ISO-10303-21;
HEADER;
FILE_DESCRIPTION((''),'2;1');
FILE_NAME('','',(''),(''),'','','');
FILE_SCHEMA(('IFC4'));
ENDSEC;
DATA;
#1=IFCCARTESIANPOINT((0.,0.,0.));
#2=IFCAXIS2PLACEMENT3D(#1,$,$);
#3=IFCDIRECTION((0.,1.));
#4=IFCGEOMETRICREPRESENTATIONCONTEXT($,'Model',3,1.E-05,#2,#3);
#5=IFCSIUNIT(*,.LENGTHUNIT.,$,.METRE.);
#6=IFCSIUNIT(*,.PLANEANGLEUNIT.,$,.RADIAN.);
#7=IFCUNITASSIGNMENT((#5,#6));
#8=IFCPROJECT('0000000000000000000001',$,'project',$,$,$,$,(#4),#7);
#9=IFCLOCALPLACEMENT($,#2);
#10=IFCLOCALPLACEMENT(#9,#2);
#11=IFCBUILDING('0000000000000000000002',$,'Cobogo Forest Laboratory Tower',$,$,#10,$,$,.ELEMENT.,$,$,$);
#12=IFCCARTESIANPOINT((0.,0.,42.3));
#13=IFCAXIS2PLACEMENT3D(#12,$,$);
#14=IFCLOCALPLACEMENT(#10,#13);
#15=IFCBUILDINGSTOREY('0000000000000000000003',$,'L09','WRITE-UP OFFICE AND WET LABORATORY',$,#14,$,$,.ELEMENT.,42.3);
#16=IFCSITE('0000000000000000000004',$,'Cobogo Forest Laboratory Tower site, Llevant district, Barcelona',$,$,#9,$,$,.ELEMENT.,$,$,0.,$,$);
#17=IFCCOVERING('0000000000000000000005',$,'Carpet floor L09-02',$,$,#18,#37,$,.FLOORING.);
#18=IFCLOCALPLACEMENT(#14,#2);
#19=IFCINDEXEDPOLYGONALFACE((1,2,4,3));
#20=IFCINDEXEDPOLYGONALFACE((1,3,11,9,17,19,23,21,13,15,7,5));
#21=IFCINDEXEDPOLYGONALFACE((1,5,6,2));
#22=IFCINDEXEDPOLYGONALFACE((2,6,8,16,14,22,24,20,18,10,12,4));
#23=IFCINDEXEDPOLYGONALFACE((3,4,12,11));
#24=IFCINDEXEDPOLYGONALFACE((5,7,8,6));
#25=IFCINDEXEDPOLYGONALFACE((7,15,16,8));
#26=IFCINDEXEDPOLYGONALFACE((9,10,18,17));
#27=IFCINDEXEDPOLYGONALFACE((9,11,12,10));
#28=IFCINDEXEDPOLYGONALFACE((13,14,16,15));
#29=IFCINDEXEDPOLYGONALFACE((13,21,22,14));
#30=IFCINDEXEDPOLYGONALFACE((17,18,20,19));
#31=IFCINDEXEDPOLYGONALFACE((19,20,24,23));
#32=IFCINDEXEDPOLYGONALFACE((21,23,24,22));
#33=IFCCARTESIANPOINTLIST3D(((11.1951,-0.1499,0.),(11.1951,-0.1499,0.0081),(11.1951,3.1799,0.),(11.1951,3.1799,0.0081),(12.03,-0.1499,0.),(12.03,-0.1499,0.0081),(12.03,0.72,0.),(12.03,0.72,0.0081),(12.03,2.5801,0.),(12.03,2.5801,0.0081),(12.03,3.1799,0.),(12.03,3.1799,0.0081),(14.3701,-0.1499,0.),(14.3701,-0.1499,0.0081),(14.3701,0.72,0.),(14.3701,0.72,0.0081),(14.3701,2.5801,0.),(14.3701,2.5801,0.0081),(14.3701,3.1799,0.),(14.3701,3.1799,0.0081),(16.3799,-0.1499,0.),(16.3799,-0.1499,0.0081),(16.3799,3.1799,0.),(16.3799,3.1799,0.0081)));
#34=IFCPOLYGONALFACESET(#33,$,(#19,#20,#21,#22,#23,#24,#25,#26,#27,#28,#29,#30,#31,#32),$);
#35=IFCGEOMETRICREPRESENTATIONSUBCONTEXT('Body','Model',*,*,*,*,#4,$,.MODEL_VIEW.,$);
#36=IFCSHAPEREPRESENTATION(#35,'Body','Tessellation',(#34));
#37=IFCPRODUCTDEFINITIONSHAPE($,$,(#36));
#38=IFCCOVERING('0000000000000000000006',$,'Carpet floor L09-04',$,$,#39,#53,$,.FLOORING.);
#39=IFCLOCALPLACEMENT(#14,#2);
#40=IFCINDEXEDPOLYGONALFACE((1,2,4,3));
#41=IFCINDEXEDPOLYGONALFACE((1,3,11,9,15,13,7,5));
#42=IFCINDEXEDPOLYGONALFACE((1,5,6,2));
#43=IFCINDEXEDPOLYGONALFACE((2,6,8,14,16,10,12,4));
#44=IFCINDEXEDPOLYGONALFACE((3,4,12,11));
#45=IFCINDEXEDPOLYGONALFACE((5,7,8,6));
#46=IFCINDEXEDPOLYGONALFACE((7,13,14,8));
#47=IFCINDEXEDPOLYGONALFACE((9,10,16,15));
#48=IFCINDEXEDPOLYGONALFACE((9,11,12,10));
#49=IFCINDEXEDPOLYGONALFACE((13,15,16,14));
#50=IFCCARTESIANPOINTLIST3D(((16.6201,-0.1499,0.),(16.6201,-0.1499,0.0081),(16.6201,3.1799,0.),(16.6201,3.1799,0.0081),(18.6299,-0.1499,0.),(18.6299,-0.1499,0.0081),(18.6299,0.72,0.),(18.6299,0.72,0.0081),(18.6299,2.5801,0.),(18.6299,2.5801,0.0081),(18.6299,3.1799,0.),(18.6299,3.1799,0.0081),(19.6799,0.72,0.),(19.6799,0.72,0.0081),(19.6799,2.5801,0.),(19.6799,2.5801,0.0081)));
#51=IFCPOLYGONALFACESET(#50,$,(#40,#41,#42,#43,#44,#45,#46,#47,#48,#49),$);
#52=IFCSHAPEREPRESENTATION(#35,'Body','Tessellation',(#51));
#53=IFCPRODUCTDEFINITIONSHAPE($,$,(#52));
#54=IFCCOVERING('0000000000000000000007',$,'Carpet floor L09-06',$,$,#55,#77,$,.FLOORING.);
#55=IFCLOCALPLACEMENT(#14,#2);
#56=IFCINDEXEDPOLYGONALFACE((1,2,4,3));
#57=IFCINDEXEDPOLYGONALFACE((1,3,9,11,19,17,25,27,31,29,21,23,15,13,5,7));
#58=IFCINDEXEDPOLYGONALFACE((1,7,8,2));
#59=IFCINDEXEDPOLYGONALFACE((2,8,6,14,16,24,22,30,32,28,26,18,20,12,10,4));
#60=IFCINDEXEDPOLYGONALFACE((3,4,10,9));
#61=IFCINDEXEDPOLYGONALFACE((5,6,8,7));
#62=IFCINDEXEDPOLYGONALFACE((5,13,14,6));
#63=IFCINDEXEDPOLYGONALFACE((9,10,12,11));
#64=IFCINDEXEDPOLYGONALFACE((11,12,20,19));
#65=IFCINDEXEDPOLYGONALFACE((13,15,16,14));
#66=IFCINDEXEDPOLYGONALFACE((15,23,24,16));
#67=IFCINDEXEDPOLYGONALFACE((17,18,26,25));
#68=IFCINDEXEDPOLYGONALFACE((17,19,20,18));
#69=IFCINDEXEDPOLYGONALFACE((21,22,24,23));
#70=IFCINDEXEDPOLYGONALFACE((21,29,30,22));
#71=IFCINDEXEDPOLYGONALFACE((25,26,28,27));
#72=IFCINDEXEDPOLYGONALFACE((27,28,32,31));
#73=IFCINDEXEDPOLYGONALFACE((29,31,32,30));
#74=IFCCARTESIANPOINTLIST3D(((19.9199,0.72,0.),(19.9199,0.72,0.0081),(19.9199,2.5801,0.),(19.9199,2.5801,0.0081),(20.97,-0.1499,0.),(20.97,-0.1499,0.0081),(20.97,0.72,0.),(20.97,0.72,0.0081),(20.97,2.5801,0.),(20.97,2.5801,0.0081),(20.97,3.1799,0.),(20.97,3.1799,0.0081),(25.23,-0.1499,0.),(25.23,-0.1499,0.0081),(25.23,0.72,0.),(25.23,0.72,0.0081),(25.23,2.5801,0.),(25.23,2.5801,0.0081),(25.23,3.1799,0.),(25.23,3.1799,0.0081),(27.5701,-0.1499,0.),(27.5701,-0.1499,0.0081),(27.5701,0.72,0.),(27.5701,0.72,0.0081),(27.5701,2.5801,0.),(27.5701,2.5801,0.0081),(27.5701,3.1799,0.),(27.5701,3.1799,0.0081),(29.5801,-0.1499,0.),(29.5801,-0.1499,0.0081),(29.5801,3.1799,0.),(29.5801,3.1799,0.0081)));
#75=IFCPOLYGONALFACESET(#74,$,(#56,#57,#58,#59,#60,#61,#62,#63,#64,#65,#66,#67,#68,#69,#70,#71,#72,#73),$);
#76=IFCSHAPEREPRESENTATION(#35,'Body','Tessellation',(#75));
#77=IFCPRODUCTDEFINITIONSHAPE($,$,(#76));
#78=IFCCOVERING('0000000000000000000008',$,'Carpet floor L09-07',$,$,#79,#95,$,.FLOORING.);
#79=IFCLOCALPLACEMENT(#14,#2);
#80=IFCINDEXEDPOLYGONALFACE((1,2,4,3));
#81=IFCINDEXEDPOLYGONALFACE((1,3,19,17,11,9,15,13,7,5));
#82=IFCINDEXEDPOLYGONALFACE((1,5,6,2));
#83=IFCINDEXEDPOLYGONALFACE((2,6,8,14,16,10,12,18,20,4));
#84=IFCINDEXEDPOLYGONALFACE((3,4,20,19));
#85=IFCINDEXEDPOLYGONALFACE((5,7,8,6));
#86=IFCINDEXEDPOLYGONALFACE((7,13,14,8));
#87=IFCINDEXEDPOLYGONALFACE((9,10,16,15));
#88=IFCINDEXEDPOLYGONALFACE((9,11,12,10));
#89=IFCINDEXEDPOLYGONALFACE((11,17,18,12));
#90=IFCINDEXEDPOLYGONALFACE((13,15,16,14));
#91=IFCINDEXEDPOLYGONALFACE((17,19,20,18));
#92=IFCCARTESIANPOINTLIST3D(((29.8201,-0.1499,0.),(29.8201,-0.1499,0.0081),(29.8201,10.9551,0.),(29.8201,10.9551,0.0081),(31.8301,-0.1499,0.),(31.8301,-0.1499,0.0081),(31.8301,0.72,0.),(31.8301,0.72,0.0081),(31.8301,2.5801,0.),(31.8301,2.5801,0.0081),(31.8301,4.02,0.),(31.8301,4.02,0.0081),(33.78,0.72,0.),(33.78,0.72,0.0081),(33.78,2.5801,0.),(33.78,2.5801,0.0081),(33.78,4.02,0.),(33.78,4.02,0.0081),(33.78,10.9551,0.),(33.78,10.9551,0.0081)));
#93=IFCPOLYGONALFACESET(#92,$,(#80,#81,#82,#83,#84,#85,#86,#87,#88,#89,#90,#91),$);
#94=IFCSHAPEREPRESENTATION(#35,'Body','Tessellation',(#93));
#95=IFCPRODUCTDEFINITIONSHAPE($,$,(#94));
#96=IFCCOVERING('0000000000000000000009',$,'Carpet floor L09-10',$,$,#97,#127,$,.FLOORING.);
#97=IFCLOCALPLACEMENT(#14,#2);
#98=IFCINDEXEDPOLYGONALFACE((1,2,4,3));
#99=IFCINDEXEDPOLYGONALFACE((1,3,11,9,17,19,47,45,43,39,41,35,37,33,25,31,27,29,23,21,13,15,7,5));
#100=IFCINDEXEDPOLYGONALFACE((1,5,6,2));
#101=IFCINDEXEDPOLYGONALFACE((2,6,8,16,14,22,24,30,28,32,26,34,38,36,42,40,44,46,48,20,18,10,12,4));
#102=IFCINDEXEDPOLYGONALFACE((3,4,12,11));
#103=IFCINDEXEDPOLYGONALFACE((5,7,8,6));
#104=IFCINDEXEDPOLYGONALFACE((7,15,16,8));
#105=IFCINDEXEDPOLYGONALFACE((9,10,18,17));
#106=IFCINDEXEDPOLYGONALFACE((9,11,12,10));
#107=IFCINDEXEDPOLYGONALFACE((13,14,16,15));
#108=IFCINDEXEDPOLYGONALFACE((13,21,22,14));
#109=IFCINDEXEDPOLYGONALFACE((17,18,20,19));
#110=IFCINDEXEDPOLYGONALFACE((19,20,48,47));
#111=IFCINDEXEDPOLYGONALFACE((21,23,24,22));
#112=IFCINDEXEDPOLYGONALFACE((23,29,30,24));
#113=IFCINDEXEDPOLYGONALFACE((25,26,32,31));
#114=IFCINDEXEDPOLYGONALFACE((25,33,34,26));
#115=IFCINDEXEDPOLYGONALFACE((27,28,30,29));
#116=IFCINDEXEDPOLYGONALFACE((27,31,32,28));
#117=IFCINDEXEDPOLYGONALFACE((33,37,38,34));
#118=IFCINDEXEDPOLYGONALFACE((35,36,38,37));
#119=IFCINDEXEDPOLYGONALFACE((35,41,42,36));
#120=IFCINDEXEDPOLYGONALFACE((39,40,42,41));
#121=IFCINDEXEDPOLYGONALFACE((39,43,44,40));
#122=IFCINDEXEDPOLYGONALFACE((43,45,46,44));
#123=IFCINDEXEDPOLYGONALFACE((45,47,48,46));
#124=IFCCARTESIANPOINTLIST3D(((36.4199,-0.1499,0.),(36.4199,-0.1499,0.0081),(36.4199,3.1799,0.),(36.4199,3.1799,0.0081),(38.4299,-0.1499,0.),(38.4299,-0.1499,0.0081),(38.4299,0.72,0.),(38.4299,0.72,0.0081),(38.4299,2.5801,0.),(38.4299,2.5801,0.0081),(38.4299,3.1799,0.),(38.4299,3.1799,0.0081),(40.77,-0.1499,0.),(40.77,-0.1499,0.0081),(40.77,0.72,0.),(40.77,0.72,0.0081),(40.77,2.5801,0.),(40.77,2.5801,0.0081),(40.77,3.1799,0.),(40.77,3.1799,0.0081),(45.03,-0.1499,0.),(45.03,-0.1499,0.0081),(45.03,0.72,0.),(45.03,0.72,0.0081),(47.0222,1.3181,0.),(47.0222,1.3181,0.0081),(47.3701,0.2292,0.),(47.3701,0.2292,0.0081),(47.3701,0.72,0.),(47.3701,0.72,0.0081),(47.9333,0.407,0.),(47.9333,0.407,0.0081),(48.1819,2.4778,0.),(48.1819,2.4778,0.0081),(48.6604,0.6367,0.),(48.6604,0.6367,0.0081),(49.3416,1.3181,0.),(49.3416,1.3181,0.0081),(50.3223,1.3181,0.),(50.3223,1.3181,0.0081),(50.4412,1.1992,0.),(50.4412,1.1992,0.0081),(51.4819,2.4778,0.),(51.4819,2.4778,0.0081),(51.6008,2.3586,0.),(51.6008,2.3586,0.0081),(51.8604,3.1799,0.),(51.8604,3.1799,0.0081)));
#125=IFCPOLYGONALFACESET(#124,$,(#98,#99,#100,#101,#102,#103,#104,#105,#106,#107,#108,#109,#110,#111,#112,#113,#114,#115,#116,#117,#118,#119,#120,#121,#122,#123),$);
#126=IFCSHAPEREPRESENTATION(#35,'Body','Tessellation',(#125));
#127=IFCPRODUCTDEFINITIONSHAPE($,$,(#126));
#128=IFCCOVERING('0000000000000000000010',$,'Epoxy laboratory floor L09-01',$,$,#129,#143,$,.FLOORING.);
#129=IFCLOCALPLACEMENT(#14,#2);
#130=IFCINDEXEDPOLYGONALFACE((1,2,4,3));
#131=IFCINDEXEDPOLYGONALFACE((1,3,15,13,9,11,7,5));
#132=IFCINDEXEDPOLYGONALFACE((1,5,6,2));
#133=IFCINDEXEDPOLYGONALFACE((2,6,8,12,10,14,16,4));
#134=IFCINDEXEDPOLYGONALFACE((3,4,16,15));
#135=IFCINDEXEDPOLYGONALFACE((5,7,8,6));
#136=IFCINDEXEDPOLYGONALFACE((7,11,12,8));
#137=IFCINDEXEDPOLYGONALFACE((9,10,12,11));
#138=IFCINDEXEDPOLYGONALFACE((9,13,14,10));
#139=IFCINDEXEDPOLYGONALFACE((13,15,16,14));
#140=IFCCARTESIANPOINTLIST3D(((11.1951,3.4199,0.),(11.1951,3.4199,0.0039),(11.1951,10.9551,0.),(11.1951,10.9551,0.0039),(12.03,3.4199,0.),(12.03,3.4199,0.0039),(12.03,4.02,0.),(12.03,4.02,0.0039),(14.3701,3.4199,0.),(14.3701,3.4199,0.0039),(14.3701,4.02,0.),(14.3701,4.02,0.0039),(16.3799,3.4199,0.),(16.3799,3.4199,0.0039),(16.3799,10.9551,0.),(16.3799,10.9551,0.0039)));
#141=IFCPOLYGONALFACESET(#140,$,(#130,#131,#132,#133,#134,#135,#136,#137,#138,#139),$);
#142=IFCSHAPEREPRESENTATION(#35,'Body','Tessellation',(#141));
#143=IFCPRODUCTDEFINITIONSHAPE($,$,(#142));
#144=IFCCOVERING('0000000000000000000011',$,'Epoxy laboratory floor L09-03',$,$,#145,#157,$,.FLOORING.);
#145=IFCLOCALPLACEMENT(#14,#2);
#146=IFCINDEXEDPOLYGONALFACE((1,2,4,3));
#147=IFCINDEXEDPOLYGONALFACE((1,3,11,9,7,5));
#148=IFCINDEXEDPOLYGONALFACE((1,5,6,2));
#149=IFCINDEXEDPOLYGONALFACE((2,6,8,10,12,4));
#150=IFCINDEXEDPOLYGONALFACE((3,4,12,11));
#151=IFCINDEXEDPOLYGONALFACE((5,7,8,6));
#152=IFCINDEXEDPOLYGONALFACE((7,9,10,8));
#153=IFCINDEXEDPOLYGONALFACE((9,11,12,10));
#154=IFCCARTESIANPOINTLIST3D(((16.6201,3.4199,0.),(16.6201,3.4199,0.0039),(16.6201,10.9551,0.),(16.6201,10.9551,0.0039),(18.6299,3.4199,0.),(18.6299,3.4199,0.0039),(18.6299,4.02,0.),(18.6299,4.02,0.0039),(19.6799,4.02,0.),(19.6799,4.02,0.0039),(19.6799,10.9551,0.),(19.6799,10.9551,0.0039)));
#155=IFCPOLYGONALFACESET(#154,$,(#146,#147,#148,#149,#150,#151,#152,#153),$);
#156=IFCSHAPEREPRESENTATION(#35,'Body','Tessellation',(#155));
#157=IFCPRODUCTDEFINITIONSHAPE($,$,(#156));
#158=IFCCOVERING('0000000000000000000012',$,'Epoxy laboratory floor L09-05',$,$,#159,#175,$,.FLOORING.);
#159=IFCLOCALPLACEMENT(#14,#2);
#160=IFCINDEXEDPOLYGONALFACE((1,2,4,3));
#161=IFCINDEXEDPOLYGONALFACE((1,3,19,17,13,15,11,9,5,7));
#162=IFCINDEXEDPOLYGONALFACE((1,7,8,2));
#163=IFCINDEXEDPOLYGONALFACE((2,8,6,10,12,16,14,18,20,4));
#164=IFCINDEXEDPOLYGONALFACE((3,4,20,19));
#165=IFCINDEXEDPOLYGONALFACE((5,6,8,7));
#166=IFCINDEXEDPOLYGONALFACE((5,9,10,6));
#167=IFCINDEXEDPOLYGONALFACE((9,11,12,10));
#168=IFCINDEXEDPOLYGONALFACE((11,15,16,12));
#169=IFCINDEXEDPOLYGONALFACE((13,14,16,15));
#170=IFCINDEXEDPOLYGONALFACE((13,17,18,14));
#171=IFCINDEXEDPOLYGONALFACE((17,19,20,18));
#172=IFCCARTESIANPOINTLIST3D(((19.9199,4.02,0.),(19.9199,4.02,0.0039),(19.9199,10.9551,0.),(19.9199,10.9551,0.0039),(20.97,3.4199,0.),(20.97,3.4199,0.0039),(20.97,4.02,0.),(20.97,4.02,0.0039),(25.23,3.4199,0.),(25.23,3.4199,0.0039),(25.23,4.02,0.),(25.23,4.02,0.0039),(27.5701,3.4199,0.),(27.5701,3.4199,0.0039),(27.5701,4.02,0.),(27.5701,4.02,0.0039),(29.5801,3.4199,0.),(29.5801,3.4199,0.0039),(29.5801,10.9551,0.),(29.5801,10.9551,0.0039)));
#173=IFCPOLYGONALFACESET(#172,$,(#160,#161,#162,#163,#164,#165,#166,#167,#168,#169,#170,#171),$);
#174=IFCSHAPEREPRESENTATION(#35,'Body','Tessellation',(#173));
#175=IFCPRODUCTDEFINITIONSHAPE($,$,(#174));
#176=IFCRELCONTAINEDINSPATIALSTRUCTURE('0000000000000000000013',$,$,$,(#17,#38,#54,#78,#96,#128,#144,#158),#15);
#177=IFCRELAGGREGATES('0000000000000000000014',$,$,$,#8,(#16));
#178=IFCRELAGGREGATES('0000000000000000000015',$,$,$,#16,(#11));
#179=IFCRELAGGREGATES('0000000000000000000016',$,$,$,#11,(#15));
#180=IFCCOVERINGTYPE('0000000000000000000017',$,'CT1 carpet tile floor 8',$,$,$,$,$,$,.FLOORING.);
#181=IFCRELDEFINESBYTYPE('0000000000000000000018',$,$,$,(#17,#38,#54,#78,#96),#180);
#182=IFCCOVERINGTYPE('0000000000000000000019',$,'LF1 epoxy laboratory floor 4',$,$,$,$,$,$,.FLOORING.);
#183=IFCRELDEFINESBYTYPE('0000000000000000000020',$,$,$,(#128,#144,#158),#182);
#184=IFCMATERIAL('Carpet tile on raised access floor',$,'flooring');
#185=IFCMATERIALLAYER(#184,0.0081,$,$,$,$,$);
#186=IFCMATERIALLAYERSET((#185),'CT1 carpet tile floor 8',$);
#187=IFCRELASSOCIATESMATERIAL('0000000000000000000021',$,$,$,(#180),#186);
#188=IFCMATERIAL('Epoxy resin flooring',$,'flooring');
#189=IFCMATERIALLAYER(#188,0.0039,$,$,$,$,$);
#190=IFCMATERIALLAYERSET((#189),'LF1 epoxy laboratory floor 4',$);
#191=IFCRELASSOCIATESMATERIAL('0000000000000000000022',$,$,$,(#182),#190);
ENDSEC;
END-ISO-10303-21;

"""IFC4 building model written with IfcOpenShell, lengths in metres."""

from ifc_helpers import new_model, si_unit, direction, frame, origin, place, context, subcontext, project, spatial, polyline, outline, extrude, material, layer, layer_set, type_object, element, save


model = new_model("IFC4")

# Units and contexts
model_context = context("Model", 3, precision=1e-05, world=origin(), true_north=direction((0.0, 1.0)))
body_context = subcontext(model_context, "Body", "Model", "MODEL_VIEW")
ifc_project = project(units=[si_unit("LENGTHUNIT", "METRE"), si_unit("PLANEANGLEUNIT", "RADIAN")], contexts=[model_context])

# Site, building, storey
site_placement = place(None, origin())
site = spatial("IfcSite", under=ifc_project, at=site_placement, Name="Cobogo Forest Laboratory Tower site, Llevant district, Barcelona", CompositionType="ELEMENT", RefElevation=0.0)
building_placement = place(site_placement, origin())
building = spatial("IfcBuilding", under=site, at=building_placement, Name="Cobogo Forest Laboratory Tower", CompositionType="ELEMENT")
storey_placement = place(building_placement, frame((0.0, 0.0, 42.3)))
storey = spatial("IfcBuildingStorey", under=building, at=storey_placement, Name="L09", Description="WRITE-UP OFFICE AND WET LABORATORY", CompositionType="ELEMENT", Elevation=42.3)

# Coverings
ifc_material_1 = material(Name="Carpet tile on raised access floor", Category="flooring")
ifc_layer_1 = layer(ifc_material_1, 0.0081)
ifc_layer_set_1 = layer_set([ifc_layer_1], Name="CT1 carpet tile floor 8")
covering_type_1 = type_object("IfcCoveringType", Name="CT1 carpet tile floor 8", PredefinedType="FLOORING", material=ifc_layer_set_1)
covering_1_placement = place(storey_placement, origin())
element("IfcCovering", 1, at=covering_1_placement, inside=storey, type_object=covering_type_1, Name="Carpet floor L09-02", PredefinedType="FLOORING", context=body_context, shape_type="SweptSolid", body=[
    extrude(outline(polyline([(12.03, 3.1799), (12.03, 2.5801), (14.3701, 2.5801), (14.3701, 3.1799), (16.3799, 3.1799), (16.3799, -0.1499), (14.3701, -0.1499), (14.3701, 0.72), (12.03, 0.72), (12.03, -0.1499), (11.1951, -0.1499), (11.1951, 3.1799), (12.03, 3.1799)])), origin(), (0.0, 0.0, 1.0), 0.0081),
])
covering_2_placement = place(storey_placement, origin())
element("IfcCovering", 2, at=covering_2_placement, inside=storey, type_object=covering_type_1, Name="Carpet floor L09-04", PredefinedType="FLOORING", context=body_context, shape_type="SweptSolid", body=[
    extrude(outline(polyline([(18.6299, 3.1799), (18.6299, 2.5801), (19.6799, 2.5801), (19.6799, 0.72), (18.6299, 0.72), (18.6299, -0.1499), (16.6201, -0.1499), (16.6201, 3.1799), (18.6299, 3.1799)])), origin(), (0.0, 0.0, 1.0), 0.0081),
])
covering_3_placement = place(storey_placement, origin())
element("IfcCovering", 3, at=covering_3_placement, inside=storey, type_object=covering_type_1, Name="Carpet floor L09-06", PredefinedType="FLOORING", context=body_context, shape_type="SweptSolid", body=[
    extrude(outline(polyline([(25.23, 3.1799), (25.23, 2.5801), (27.5701, 2.5801), (27.5701, 3.1799), (29.5801, 3.1799), (29.5801, -0.1499), (27.5701, -0.1499), (27.5701, 0.72), (25.23, 0.72), (25.23, -0.1499), (20.97, -0.1499), (20.97, 0.72), (19.9199, 0.72), (19.9199, 2.5801), (20.97, 2.5801), (20.97, 3.1799), (25.23, 3.1799)])), origin(), (0.0, 0.0, 1.0), 0.0081),
])
covering_4_placement = place(storey_placement, origin())
element("IfcCovering", 4, at=covering_4_placement, inside=storey, type_object=covering_type_1, Name="Carpet floor L09-07", PredefinedType="FLOORING", context=body_context, shape_type="SweptSolid", body=[
    extrude(outline(polyline([(33.78, 10.9551), (33.78, 4.02), (31.8301, 4.02), (31.8301, 2.5801), (33.78, 2.5801), (33.78, 0.72), (31.8301, 0.72), (31.8301, -0.1499), (29.8201, -0.1499), (29.8201, 10.9551), (33.78, 10.9551)])), origin(), (0.0, 0.0, 1.0), 0.0081),
])
covering_5_placement = place(storey_placement, origin())
element("IfcCovering", 5, at=covering_5_placement, inside=storey, type_object=covering_type_1, Name="Carpet floor L09-10", PredefinedType="FLOORING", context=body_context, shape_type="SweptSolid", body=[
    extrude(outline(polyline([(38.4299, 3.1799), (38.4299, 2.5801), (40.77, 2.5801), (40.77, 3.1799), (51.8604, 3.1799), (51.6008, 2.3586), (51.4819, 2.4778), (50.3223, 1.3181), (50.4412, 1.1992), (48.6604, 0.6367), (49.3416, 1.3181), (48.1819, 2.4778), (47.0222, 1.3181), (47.9333, 0.407), (47.3701, 0.2292), (47.3701, 0.72), (45.03, 0.72), (45.03, -0.1499), (40.77, -0.1499), (40.77, 0.72), (38.4299, 0.72), (38.4299, -0.1499), (36.4199, -0.1499), (36.4199, 3.1799), (38.4299, 3.1799)])), origin(), (0.0, 0.0, 1.0), 0.0081),
])
ifc_material_2 = material(Name="Epoxy resin flooring", Category="flooring")
ifc_layer_2 = layer(ifc_material_2, 0.0039)
ifc_layer_set_2 = layer_set([ifc_layer_2], Name="LF1 epoxy laboratory floor 4")
covering_type_2 = type_object("IfcCoveringType", Name="LF1 epoxy laboratory floor 4", PredefinedType="FLOORING", material=ifc_layer_set_2)
covering_6_placement = place(storey_placement, origin())
element("IfcCovering", 6, at=covering_6_placement, inside=storey, type_object=covering_type_2, Name="Epoxy laboratory floor L09-01", PredefinedType="FLOORING", context=body_context, shape_type="SweptSolid", body=[
    extrude(outline(polyline([(11.1951, 10.9551), (16.3799, 10.9551), (16.3799, 3.4199), (14.3701, 3.4199), (14.3701, 4.02), (12.03, 4.02), (12.03, 3.4199), (11.1951, 3.4199), (11.1951, 10.9551)])), origin(), (0.0, 0.0, 1.0), 0.0039),
])
covering_7_placement = place(storey_placement, origin())
element("IfcCovering", 7, at=covering_7_placement, inside=storey, type_object=covering_type_2, Name="Epoxy laboratory floor L09-03", PredefinedType="FLOORING", context=body_context, shape_type="SweptSolid", body=[
    extrude(outline(polyline([(16.6201, 10.9551), (19.6799, 10.9551), (19.6799, 4.02), (18.6299, 4.02), (18.6299, 3.4199), (16.6201, 3.4199), (16.6201, 10.9551)])), origin(), (0.0, 0.0, 1.0), 0.0039),
])
covering_8_placement = place(storey_placement, origin())
element("IfcCovering", 8, at=covering_8_placement, inside=storey, type_object=covering_type_2, Name="Epoxy laboratory floor L09-05", PredefinedType="FLOORING", context=body_context, shape_type="SweptSolid", body=[
    extrude(outline(polyline([(19.9199, 10.9551), (29.5801, 10.9551), (29.5801, 3.4199), (27.5701, 3.4199), (27.5701, 4.02), (25.23, 4.02), (25.23, 3.4199), (20.97, 3.4199), (20.97, 4.02), (19.9199, 4.02), (19.9199, 10.9551)])), origin(), (0.0, 0.0, 1.0), 0.0039),
])

save(model, "model.ifc")
